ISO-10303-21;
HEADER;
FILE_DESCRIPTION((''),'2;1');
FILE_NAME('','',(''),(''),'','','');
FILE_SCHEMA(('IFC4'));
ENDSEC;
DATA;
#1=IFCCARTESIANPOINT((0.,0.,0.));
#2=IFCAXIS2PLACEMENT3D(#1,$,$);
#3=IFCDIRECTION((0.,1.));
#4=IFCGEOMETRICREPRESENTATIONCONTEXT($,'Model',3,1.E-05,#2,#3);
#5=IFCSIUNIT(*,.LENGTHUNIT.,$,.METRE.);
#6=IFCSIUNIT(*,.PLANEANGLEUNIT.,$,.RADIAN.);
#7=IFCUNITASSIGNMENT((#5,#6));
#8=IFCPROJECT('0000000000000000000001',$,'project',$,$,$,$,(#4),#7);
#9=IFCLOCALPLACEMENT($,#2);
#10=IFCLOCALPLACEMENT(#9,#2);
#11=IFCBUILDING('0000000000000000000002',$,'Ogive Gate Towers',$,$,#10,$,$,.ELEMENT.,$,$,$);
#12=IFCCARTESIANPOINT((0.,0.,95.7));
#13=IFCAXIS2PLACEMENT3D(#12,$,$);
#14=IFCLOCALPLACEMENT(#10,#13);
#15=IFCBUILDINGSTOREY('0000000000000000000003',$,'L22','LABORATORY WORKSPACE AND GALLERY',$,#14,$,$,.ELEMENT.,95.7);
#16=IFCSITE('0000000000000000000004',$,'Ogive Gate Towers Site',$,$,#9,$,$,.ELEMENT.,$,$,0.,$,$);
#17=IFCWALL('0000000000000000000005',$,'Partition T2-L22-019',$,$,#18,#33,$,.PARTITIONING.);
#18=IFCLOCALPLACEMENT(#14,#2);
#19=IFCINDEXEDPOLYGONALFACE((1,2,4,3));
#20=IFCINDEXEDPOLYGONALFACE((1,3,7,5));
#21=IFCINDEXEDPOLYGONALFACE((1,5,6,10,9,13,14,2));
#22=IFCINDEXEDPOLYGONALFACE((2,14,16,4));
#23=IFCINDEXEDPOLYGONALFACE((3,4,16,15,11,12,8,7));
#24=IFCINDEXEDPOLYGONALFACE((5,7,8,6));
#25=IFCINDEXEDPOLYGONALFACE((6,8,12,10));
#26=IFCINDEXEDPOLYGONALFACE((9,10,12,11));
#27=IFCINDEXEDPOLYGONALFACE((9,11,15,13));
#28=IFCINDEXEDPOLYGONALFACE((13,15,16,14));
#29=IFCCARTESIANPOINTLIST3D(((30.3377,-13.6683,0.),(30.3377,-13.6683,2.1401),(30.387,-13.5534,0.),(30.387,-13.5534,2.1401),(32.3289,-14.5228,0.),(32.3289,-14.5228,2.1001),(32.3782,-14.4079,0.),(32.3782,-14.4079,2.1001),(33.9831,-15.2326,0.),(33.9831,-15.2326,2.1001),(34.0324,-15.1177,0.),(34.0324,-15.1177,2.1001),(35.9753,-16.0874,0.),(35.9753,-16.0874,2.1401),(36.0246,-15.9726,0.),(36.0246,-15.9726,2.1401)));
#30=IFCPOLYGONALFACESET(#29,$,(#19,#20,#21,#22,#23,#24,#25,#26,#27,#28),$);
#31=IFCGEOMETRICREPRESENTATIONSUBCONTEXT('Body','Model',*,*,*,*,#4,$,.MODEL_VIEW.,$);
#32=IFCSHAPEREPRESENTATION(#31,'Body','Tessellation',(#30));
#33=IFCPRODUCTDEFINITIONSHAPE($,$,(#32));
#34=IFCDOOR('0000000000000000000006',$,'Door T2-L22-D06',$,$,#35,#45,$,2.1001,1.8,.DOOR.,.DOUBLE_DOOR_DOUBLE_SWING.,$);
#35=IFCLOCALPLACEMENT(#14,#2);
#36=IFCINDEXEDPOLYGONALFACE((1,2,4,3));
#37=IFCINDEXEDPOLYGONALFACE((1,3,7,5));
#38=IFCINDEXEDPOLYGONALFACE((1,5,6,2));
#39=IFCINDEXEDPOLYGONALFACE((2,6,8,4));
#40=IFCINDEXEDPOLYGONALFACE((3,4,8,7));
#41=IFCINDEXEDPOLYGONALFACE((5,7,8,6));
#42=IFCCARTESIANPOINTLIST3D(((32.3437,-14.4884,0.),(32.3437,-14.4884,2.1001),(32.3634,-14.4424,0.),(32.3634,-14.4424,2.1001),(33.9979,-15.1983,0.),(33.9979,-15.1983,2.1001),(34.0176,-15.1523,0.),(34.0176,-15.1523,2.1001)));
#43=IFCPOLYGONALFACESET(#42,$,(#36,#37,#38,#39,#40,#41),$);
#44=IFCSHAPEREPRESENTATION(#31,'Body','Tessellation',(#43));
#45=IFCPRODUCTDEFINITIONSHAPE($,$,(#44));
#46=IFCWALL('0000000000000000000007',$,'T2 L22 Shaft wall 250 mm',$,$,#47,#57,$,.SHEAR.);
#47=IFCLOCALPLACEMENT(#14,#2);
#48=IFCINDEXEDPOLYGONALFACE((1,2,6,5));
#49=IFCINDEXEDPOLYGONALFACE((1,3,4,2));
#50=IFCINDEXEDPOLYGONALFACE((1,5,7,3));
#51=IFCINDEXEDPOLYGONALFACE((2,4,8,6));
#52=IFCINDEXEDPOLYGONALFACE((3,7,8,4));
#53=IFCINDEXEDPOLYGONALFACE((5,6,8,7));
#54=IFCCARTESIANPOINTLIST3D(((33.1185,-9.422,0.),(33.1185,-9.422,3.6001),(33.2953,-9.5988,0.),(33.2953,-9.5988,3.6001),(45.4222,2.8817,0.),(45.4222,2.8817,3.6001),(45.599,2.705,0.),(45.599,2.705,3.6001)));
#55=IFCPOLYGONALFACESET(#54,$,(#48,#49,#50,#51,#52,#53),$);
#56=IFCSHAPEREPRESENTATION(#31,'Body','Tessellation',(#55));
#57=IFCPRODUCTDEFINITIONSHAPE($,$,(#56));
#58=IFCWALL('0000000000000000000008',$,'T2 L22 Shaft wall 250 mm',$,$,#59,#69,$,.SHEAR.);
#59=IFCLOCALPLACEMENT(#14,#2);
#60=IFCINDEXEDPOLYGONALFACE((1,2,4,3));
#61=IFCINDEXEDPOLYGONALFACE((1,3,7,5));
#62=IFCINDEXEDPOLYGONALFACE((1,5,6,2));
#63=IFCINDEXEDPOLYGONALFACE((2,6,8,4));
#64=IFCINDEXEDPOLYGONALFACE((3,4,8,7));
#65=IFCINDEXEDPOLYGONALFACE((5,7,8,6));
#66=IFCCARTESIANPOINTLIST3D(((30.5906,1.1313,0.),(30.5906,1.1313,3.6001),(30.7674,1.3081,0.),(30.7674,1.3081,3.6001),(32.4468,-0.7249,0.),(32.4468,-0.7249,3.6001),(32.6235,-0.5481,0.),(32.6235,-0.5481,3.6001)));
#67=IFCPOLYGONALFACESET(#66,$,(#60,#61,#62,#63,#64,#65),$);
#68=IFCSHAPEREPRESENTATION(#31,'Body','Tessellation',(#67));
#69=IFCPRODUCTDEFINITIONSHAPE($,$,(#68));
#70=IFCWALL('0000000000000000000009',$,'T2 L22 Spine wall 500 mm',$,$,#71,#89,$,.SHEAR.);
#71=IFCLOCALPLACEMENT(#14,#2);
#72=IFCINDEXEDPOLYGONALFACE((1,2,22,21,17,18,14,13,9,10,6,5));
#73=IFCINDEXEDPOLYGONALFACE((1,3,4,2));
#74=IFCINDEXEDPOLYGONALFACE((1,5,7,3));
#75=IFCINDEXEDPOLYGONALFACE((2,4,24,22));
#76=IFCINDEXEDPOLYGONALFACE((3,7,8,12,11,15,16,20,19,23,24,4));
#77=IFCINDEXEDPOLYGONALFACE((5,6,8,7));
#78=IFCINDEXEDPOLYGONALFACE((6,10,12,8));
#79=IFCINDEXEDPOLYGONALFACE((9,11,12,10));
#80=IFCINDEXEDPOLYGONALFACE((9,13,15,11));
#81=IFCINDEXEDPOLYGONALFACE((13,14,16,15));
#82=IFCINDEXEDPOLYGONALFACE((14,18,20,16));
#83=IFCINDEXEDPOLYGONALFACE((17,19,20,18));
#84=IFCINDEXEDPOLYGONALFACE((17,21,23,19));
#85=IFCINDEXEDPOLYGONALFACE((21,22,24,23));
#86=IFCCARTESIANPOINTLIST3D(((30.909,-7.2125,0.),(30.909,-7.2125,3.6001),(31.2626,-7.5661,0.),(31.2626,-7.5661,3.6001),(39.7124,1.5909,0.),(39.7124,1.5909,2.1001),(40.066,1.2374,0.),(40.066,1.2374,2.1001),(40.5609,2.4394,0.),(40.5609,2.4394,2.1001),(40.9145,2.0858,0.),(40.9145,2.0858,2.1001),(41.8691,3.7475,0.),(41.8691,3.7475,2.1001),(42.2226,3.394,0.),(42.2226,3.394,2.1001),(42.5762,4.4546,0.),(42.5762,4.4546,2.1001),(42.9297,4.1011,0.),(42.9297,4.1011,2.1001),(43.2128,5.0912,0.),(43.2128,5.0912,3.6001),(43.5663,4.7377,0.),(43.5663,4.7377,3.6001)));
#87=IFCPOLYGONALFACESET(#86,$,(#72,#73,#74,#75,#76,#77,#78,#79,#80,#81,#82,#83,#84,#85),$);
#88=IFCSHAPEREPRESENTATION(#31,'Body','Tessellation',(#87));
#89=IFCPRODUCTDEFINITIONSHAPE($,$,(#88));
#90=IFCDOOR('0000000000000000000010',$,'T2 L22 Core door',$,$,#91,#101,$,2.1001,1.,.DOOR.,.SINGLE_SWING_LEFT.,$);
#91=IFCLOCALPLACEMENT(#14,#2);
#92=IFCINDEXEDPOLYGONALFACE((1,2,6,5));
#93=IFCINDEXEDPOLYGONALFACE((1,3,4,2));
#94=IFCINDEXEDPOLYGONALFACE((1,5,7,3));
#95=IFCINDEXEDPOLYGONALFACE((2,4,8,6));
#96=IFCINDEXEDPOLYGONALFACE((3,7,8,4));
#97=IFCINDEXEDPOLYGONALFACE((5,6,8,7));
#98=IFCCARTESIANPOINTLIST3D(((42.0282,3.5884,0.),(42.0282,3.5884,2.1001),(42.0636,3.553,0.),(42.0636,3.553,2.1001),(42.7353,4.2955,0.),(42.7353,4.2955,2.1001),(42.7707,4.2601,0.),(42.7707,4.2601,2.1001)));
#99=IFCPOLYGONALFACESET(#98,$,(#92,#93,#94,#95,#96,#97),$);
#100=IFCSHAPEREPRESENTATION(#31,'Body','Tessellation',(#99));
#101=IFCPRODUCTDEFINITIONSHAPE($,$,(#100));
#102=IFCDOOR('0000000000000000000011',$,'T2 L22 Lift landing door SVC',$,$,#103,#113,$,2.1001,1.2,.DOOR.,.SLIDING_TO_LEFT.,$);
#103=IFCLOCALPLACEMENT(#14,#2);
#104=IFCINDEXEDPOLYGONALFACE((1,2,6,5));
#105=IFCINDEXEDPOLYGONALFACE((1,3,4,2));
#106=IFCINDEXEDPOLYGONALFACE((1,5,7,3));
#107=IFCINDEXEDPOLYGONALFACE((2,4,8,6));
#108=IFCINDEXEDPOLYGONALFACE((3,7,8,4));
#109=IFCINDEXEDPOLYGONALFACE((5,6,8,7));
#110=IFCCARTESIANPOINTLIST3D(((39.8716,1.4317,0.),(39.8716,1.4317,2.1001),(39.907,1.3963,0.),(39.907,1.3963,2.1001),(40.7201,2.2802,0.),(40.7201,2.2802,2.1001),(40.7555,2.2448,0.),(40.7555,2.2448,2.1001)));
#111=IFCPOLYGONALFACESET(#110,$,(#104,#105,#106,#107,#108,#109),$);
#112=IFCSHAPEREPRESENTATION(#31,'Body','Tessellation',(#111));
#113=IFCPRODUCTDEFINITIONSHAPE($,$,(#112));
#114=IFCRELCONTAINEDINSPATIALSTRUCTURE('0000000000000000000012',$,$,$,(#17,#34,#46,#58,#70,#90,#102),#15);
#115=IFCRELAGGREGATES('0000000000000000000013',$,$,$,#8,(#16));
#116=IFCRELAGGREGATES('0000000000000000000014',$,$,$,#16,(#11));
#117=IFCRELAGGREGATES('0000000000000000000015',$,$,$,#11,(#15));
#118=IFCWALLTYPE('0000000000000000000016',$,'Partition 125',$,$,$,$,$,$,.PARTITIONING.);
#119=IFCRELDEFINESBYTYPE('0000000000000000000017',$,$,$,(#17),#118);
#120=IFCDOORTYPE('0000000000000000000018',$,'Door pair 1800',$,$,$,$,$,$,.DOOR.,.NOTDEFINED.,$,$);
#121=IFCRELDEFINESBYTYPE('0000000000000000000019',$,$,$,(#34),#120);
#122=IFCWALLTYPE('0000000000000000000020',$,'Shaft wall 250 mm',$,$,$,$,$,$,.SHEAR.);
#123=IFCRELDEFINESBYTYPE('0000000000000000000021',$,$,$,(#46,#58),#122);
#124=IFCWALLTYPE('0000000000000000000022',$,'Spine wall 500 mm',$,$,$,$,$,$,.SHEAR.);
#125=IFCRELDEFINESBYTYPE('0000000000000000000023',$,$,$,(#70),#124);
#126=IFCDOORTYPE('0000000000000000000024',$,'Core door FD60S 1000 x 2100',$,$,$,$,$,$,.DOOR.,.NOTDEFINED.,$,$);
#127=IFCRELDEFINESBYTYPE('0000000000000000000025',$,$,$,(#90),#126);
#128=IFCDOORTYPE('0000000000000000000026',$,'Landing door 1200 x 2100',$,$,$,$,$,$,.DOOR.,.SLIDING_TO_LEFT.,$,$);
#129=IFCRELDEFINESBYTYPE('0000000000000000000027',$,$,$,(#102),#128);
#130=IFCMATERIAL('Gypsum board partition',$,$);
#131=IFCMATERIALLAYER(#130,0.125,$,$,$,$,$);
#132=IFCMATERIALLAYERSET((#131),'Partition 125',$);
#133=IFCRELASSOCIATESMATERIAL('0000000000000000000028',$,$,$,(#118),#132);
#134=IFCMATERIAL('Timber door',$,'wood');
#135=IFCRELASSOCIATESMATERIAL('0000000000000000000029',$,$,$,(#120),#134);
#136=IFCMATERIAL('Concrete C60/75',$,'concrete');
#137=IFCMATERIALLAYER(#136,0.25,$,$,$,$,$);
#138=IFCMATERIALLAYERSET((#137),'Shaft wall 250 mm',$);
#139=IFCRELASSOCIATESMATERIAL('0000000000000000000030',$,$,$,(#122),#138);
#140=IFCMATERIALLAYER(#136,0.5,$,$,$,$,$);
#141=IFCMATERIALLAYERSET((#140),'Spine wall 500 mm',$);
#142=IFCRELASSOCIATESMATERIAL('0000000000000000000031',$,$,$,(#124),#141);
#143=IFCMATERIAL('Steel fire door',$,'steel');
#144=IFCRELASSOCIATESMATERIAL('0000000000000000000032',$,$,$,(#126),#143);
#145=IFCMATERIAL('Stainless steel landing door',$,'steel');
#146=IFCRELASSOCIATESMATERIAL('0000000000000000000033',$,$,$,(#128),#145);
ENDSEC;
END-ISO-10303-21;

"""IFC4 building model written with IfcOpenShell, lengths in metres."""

from ifc_helpers import new_model, si_unit, direction, frame, frame_2d, origin, place, context, subcontext, project, spatial, rectangle, extrude, material, layer, layer_set, type_object, element, fill, save


model = new_model("IFC4")

# Units and contexts
model_context = context("Model", 3, precision=1e-05, world=origin(), true_north=direction((0.0, 1.0)))
body_context = subcontext(model_context, "Body", "Model", "MODEL_VIEW")
ifc_project = project(units=[si_unit("LENGTHUNIT", "METRE"), si_unit("PLANEANGLEUNIT", "RADIAN")], contexts=[model_context])

# Site, building, storey
site_placement = place(None, origin())
site = spatial("IfcSite", under=ifc_project, at=site_placement, Name="Ogive Gate Towers Site", CompositionType="ELEMENT", RefElevation=0.0)
building_placement = place(site_placement, origin())
building = spatial("IfcBuilding", under=site, at=building_placement, Name="Ogive Gate Towers", CompositionType="ELEMENT")
storey_placement = place(building_placement, frame((0.0, 0.0, 95.7)))
storey = spatial("IfcBuildingStorey", under=building, at=storey_placement, Name="L22", Description="LABORATORY WORKSPACE AND GALLERY", CompositionType="ELEMENT", Elevation=95.7)

# Shared definitions
ifc_material_1 = material(Name="Gypsum board partition")
ifc_layer_1 = layer(ifc_material_1, 0.125)
ifc_layer_set_1 = layer_set([ifc_layer_1], Name="Partition 125")
wall_type_1 = type_object("IfcWallType", Name="Partition 125", PredefinedType="PARTITIONING", material=ifc_layer_set_1)

# Wall, opening, door
wall_1_placement = place(storey_placement, frame((30.3623, -13.6108, 0.0), z_axis=(0.0, 0.0, 1.0), x_axis=(0.918966, -0.394337, 0.0)))
wall_1 = element("IfcWall", 1, at=wall_1_placement, inside=storey, type_object=wall_type_1, Name="Partition T2-L22-019", PredefinedType="PARTITIONING", context=body_context, shape_type="SweptSolid", body=[
    extrude(rectangle(XDim=6.1348, YDim=0.125, at=frame_2d((3.0674, 0.0))), origin(), (0.0, 0.0, 1.0), 2.1401),
])
opening_1_placement = place(wall_1_placement, frame((2.167, 0.0, 0.0)))
opening_1 = element("IfcOpeningElement", 2, at=opening_1_placement, cuts=wall_1, PredefinedType="OPENING", context=body_context, shape_type="SweptSolid", body=[
    extrude(rectangle(XDim=1.8, YDim=2.1001, at=frame_2d((0.8999, 1.05))), frame((0.0, 0.0725, 0.0), z_axis=(0.0, -1.0, 0.0), x_axis=(1.0, 0.0, 0.0)), (0.0, 0.0, 1.0), 0.145),
])
ifc_material_2 = material(Name="Timber door", Category="wood")
door_type_1 = type_object("IfcDoorType", Name="Door pair 1800", OperationType="NOTDEFINED", PredefinedType="DOOR", material=ifc_material_2)
door_1_placement = place(opening_1_placement, origin())
door_1 = element("IfcDoor", 3, at=door_1_placement, inside=storey, type_object=door_type_1, Name="Door T2-L22-D06", OperationType="DOUBLE_DOOR_DOUBLE_SWING", OverallHeight=2.1001, OverallWidth=1.8, PredefinedType="DOOR", context=body_context, shape_type="SweptSolid", body=[
    extrude(rectangle(XDim=1.8, YDim=2.1001, at=frame_2d((0.8999, 1.05))), frame((0.0, 0.0249, 0.0), z_axis=(0.0, -1.0, 0.0), x_axis=(1.0, 0.0, 0.0)), (0.0, 0.0, 1.0), 0.05),
])
fill(opening_1, door_1)

# Walls
ifc_material_3 = material(Name="Concrete C60/75", Category="concrete")
ifc_layer_2 = layer(ifc_material_3, 0.25)
ifc_layer_set_2 = layer_set([ifc_layer_2], Name="Shaft wall 250 mm")
wall_type_2 = type_object("IfcWallType", Name="Shaft wall 250 mm", PredefinedType="SHEAR", material=ifc_layer_set_2)
wall_2_placement = place(storey_placement, frame((33.2068, -9.5105, 0.0), z_axis=(0.0, 0.0, 1.0), x_axis=(0.707107, 0.707107, 0.0)))
element("IfcWall", 4, at=wall_2_placement, inside=storey, type_object=wall_type_2, Name="T2 L22 Shaft wall 250 mm", PredefinedType="SHEAR", context=body_context, shape_type="SweptSolid", body=[
    extrude(rectangle(XDim=17.4001, YDim=0.25, at=frame_2d((8.7002, 0.0))), origin(), (0.0, 0.0, 1.0), 3.6001),
])
wall_3_placement = place(storey_placement, frame((32.5352, -0.6365, 0.0), z_axis=(0.0, 0.0, 1.0), x_axis=(-0.707107, 0.707107, 0.0)))
element("IfcWall", 5, at=wall_3_placement, inside=storey, type_object=wall_type_2, Name="T2 L22 Shaft wall 250 mm", PredefinedType="SHEAR", context=body_context, shape_type="SweptSolid", body=[
    extrude(rectangle(XDim=2.625, YDim=0.25, at=frame_2d((1.3125, 0.0))), origin(), (0.0, 0.0, 1.0), 3.6001),
])

# Wall, openings, doors
ifc_layer_3 = layer(ifc_material_3, 0.5)
ifc_layer_set_3 = layer_set([ifc_layer_3], Name="Spine wall 500 mm")
wall_type_3 = type_object("IfcWallType", Name="Spine wall 500 mm", PredefinedType="SHEAR", material=ifc_layer_set_3)
wall_4_placement = place(storey_placement, frame((31.0857, -7.3894, 0.0), z_axis=(0.0, 0.0, 1.0), x_axis=(0.707107, 0.707107, 0.0)))
wall_4 = element("IfcWall", 6, at=wall_4_placement, inside=storey, type_object=wall_type_3, Name="T2 L22 Spine wall 500 mm", PredefinedType="SHEAR", context=body_context, shape_type="SweptSolid", body=[
    extrude(rectangle(XDim=17.4001, YDim=0.5, at=frame_2d((8.7002, 0.0))), origin(), (0.0, 0.0, 1.0), 3.6001),
])
opening_2_placement = place(wall_4_placement, frame((12.45, 0.0, 0.0)))
opening_2 = element("IfcOpeningElement", 7, at=opening_2_placement, cuts=wall_4, PredefinedType="OPENING", context=body_context, shape_type="SweptSolid", body=[
    extrude(rectangle(XDim=1.2, YDim=2.1001, at=frame_2d((0.6001, 1.05))), frame((0.0, 0.26, 0.0), z_axis=(0.0, -1.0, 0.0), x_axis=(1.0, 0.0, 0.0)), (0.0, 0.0, 1.0), 0.52),
])
opening_3_placement = place(wall_4_placement, frame((15.5, 0.0, 0.0)))
opening_3 = element("IfcOpeningElement", 8, at=opening_3_placement, cuts=wall_4, PredefinedType="OPENING", context=body_context, shape_type="SweptSolid", body=[
    extrude(rectangle(XDim=1.0, YDim=2.1001, at=frame_2d((0.5, 1.05))), frame((0.0, 0.26, 0.0), z_axis=(0.0, -1.0, 0.0), x_axis=(1.0, 0.0, 0.0)), (0.0, 0.0, 1.0), 0.52),
])
ifc_material_4 = material(Name="Steel fire door", Category="steel")
door_type_2 = type_object("IfcDoorType", Name="Core door FD60S 1000 x 2100", OperationType="NOTDEFINED", PredefinedType="DOOR", material=ifc_material_4)
door_2_placement = place(opening_3_placement, origin())
door_2 = element("IfcDoor", 9, at=door_2_placement, inside=storey, type_object=door_type_2, Name="T2 L22 Core door", OperationType="SINGLE_SWING_LEFT", OverallHeight=2.1001, OverallWidth=1.0, PredefinedType="DOOR", context=body_context, shape_type="SweptSolid", body=[
    extrude(rectangle(XDim=1.0, YDim=2.1001, at=frame_2d((0.5, 1.05))), frame((0.0, 0.0249, 0.0), z_axis=(0.0, -1.0, 0.0), x_axis=(1.0, 0.0, 0.0)), (0.0, 0.0, 1.0), 0.05),
])
fill(opening_3, door_2)
ifc_material_5 = material(Name="Stainless steel landing door", Category="steel")
door_type_3 = type_object("IfcDoorType", Name="Landing door 1200 x 2100", OperationType="SLIDING_TO_LEFT", PredefinedType="DOOR", material=ifc_material_5)
door_3_placement = place(opening_2_placement, origin())
door_3 = element("IfcDoor", 10, at=door_3_placement, inside=storey, type_object=door_type_3, Name="T2 L22 Lift landing door SVC", OperationType="SLIDING_TO_LEFT", OverallHeight=2.1001, OverallWidth=1.2, PredefinedType="DOOR", context=body_context, shape_type="SweptSolid", body=[
    extrude(rectangle(XDim=1.2, YDim=2.1001, at=frame_2d((0.6001, 1.05))), frame((0.0, 0.0249, 0.0), z_axis=(0.0, -1.0, 0.0), x_axis=(1.0, 0.0, 0.0)), (0.0, 0.0, 1.0), 0.05),
])
fill(opening_2, door_3)

save(model, "model.ifc")
